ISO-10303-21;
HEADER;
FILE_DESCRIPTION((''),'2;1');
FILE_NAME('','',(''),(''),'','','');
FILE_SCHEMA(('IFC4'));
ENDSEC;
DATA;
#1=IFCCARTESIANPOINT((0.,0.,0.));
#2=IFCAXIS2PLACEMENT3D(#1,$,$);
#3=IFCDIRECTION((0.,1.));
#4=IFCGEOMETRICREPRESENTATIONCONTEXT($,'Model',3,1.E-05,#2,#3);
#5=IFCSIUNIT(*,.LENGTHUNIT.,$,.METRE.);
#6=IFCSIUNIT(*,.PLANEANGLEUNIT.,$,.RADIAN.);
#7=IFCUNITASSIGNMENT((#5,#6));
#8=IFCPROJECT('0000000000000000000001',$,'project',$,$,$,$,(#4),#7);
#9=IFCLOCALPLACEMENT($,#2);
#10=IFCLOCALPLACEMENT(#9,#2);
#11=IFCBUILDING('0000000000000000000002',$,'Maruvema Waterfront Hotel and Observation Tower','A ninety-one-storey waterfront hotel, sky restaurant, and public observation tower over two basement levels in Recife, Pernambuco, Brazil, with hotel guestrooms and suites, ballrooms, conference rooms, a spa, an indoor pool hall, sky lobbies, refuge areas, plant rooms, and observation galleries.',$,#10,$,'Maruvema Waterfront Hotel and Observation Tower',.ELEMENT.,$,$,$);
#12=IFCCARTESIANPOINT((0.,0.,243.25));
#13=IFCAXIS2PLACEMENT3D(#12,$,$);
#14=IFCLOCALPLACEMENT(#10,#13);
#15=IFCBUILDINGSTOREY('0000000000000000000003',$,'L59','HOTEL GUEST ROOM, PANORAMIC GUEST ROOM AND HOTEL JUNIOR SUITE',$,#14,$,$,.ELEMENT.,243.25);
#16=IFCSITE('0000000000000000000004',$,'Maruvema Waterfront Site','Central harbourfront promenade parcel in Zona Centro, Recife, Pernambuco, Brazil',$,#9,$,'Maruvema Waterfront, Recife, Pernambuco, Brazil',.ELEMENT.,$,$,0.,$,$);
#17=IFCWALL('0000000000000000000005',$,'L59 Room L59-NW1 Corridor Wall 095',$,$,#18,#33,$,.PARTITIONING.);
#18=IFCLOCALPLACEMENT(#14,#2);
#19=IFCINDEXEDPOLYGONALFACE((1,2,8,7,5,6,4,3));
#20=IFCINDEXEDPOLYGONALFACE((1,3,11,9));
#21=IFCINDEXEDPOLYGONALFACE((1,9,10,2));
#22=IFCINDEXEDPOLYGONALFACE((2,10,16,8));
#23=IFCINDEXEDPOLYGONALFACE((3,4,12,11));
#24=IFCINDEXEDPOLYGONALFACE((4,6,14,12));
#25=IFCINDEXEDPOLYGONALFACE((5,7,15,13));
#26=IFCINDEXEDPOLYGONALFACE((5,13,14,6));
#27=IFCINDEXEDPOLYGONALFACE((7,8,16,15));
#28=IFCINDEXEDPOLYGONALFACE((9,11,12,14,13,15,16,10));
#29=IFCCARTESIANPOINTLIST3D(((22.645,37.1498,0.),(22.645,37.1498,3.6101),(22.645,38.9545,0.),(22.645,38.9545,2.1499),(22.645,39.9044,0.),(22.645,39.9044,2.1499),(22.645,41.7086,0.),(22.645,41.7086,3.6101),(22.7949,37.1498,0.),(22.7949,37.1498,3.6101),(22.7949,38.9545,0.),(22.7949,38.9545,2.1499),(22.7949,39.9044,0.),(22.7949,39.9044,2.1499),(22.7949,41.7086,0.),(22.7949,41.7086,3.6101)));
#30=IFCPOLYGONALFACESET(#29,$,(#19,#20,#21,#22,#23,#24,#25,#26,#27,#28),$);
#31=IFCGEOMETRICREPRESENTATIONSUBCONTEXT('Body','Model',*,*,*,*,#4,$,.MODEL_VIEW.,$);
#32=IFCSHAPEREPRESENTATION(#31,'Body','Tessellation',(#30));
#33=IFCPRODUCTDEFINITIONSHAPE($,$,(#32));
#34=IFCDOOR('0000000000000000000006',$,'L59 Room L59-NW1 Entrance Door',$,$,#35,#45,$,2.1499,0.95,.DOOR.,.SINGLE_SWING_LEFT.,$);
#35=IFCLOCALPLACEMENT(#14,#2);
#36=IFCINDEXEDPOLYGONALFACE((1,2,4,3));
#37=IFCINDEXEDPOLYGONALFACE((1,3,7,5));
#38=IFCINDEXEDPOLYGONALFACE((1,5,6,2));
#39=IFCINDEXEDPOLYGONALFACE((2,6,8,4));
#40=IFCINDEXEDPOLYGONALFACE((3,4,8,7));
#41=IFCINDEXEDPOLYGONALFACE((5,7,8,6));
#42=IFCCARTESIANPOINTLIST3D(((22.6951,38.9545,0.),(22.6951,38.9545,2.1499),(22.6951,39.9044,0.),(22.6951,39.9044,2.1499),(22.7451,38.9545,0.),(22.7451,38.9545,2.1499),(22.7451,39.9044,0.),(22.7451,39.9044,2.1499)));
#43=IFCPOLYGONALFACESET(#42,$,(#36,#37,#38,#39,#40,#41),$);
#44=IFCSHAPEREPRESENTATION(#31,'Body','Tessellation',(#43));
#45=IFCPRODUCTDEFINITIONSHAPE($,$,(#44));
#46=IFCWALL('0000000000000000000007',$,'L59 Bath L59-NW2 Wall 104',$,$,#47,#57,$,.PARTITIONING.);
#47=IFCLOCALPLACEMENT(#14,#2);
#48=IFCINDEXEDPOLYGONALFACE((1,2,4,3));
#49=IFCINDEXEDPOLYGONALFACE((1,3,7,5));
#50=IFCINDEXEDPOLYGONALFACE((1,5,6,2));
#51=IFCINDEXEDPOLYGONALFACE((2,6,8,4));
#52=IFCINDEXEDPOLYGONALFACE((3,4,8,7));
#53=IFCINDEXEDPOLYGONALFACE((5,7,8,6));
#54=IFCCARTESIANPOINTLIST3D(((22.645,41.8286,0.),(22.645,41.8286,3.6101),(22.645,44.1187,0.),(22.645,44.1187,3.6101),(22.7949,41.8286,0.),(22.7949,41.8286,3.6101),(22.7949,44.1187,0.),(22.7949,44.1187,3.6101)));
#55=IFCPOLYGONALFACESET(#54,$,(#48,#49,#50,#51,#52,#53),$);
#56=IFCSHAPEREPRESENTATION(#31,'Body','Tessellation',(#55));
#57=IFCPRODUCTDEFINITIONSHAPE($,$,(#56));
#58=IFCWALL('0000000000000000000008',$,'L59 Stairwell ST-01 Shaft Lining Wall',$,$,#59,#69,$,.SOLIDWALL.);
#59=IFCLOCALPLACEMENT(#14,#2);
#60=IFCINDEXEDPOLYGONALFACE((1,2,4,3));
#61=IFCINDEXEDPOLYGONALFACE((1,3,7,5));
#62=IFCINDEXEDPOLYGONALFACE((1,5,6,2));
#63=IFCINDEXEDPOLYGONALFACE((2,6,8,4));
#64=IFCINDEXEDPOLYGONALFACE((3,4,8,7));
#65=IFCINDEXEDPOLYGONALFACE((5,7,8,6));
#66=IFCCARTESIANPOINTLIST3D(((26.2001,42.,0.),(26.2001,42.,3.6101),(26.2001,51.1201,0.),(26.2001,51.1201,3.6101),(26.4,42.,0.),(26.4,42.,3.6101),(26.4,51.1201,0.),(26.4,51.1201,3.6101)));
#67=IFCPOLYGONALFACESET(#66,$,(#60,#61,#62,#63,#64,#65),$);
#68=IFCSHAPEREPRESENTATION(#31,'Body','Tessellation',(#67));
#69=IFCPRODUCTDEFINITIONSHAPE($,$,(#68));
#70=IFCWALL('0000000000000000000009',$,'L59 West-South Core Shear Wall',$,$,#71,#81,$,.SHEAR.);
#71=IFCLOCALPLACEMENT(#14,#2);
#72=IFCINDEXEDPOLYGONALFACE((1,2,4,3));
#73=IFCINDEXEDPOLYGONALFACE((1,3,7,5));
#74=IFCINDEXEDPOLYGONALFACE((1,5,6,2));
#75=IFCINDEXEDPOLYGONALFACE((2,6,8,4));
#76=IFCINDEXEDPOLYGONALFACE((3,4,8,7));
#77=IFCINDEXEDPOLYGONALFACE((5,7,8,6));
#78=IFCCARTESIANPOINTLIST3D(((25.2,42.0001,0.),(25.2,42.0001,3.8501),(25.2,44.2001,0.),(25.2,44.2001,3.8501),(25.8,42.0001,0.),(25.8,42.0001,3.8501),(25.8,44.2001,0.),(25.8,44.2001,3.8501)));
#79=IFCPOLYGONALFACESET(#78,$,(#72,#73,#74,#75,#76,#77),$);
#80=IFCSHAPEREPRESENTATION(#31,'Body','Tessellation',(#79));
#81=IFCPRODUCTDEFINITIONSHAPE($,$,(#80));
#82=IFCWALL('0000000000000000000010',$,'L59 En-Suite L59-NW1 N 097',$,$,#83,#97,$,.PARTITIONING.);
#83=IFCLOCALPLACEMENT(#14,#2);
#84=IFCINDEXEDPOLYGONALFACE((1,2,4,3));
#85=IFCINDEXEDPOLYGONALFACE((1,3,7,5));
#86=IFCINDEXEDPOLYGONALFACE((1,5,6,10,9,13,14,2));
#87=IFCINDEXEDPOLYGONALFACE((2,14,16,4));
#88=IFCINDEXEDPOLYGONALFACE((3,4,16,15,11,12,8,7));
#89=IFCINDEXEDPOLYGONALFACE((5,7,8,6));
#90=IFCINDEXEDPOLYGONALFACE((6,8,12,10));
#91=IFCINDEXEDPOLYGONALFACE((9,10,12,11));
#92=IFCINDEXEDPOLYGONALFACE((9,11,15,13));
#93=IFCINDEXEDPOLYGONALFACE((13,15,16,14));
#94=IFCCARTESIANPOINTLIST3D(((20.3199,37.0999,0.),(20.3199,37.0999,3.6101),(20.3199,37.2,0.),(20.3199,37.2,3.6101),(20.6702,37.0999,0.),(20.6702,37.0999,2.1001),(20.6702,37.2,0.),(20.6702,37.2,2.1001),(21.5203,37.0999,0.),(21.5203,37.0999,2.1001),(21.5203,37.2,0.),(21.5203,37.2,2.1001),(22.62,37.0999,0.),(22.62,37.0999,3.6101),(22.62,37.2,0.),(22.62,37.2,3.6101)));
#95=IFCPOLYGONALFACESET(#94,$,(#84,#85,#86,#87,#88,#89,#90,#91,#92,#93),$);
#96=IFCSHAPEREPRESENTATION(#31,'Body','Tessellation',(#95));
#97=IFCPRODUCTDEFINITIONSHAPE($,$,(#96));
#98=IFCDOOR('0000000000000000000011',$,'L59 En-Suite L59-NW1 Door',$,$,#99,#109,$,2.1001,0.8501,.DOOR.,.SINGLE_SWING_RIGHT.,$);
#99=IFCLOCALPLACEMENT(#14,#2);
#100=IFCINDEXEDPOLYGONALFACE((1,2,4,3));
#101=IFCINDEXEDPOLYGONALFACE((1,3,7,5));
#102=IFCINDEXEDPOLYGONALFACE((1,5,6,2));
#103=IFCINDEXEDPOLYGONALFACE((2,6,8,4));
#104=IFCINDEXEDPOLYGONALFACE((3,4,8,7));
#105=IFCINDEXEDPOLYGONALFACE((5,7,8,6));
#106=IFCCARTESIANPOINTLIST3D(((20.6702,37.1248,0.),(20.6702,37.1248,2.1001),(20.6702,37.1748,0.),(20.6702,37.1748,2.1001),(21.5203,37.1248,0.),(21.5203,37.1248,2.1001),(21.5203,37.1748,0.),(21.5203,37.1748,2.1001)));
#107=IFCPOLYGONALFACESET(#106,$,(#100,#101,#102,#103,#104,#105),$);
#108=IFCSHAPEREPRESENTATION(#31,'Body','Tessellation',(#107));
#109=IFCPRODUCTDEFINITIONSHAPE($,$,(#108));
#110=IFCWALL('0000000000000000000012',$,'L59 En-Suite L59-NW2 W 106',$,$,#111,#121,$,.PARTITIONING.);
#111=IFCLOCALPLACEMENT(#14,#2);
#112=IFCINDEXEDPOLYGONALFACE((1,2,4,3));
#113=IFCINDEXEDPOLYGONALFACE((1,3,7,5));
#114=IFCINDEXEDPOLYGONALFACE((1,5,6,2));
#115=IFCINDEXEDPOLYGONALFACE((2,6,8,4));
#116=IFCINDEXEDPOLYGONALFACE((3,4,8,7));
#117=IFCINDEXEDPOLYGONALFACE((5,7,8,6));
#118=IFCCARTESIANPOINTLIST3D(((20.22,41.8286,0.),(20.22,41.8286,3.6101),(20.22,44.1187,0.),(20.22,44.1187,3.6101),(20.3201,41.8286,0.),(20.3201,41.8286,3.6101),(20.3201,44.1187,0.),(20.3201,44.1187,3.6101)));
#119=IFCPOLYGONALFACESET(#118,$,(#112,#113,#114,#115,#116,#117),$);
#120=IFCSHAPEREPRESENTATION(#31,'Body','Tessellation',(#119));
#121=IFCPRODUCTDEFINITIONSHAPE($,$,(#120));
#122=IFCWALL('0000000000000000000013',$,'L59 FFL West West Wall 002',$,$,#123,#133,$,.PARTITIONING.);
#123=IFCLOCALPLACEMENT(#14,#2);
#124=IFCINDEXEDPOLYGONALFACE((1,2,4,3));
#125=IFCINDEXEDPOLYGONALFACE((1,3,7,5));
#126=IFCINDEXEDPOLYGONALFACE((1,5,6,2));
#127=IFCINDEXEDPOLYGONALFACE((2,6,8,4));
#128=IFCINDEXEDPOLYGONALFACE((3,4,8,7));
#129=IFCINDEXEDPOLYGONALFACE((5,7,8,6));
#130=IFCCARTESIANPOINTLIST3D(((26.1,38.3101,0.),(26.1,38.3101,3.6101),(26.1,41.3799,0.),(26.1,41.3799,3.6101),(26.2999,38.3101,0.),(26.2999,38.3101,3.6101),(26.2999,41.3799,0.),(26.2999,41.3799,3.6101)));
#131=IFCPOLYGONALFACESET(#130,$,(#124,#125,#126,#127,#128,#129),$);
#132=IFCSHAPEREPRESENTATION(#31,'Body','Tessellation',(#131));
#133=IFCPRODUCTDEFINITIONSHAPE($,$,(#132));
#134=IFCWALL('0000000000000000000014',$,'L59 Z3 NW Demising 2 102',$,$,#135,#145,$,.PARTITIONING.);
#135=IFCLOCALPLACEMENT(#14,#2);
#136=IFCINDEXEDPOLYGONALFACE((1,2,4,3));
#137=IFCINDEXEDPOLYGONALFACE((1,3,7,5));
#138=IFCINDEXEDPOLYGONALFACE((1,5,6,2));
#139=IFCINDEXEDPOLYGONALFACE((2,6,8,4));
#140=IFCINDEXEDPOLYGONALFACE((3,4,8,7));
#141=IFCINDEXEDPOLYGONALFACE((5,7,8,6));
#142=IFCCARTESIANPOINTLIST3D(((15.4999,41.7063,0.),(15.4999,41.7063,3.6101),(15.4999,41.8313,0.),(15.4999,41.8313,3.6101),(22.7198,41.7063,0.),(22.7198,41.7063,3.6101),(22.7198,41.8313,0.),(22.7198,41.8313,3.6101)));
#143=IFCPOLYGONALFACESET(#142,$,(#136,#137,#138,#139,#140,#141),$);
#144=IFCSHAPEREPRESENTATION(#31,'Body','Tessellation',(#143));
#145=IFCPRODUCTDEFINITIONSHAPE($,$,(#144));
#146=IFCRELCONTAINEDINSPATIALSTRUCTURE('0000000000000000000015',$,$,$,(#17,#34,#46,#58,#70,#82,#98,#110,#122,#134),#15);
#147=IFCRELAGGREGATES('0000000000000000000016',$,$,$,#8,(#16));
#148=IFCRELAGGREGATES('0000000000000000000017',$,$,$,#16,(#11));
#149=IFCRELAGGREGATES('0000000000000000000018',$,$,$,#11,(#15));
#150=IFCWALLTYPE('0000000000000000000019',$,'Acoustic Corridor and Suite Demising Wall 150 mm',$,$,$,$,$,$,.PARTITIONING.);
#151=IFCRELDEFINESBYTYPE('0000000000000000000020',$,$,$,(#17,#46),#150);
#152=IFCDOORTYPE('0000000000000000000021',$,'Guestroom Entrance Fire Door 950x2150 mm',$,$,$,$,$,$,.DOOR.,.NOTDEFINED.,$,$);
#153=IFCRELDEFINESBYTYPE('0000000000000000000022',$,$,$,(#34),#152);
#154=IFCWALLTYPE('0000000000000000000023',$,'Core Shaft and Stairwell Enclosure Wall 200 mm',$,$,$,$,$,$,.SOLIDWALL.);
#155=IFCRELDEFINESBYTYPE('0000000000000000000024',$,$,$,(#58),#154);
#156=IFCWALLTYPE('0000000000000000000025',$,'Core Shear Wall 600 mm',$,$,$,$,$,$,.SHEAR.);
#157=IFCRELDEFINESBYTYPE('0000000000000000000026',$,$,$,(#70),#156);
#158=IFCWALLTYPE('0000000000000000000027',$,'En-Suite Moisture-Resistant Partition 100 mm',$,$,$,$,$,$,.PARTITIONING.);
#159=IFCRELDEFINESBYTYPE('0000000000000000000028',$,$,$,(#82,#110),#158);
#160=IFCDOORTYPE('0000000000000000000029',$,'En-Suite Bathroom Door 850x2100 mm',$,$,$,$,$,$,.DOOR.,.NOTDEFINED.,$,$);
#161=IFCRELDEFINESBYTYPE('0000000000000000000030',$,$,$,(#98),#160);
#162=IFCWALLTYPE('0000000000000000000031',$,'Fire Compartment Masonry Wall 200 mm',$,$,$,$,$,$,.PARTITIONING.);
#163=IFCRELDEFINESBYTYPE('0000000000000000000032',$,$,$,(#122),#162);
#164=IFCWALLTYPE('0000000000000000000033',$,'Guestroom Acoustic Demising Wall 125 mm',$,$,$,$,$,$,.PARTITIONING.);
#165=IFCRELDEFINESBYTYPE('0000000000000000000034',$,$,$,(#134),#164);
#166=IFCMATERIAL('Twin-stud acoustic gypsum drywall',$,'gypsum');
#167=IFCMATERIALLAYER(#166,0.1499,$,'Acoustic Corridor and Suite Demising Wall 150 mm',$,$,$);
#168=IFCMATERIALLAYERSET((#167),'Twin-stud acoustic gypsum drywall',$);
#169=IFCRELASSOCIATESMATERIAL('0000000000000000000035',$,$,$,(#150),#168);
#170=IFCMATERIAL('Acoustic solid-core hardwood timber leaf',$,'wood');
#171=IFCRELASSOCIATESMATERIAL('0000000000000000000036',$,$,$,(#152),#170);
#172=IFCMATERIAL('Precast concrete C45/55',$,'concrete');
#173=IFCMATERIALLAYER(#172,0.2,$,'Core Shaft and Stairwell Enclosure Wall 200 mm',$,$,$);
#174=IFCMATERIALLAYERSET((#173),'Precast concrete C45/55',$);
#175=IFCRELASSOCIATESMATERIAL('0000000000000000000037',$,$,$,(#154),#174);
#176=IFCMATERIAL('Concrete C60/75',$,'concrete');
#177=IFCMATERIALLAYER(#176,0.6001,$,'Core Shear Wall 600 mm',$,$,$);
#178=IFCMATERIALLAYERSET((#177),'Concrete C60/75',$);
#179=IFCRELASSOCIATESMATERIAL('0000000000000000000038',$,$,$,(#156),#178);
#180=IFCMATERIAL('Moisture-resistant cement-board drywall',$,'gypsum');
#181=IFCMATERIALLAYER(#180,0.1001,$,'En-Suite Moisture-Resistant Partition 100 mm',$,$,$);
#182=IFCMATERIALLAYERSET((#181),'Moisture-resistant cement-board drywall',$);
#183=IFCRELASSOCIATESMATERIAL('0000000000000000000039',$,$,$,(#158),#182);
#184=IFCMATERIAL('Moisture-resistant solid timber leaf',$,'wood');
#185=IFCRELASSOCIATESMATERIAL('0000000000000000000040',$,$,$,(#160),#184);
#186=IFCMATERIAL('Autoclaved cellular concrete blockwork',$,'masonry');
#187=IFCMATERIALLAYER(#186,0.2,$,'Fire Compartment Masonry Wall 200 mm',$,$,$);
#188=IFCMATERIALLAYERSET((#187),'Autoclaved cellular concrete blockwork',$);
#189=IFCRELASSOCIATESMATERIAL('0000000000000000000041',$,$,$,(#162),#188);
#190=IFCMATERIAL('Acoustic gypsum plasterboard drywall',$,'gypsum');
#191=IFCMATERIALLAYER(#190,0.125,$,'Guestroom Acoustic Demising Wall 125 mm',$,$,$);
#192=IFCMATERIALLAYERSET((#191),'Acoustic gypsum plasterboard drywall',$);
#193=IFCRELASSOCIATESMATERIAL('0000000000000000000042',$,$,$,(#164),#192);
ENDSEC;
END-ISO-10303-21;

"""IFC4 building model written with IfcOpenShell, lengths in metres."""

from ifc_helpers import new_model, si_unit, direction, frame, frame_2d, origin, place, context, subcontext, project, spatial, rectangle, extrude, material, layer, layer_set, type_object, element, fill, save


model = new_model("IFC4")

# Units and contexts
model_context = context("Model", 3, precision=1e-05, world=origin(), true_north=direction((0.0, 1.0)))
body_context = subcontext(model_context, "Body", "Model", "MODEL_VIEW")
ifc_project = project(units=[si_unit("LENGTHUNIT", "METRE"), si_unit("PLANEANGLEUNIT", "RADIAN")], contexts=[model_context])

# Site, building, storey
site_placement = place(None, origin())
site = spatial("IfcSite", under=ifc_project, at=site_placement, Name="Maruvema Waterfront Site", Description="Central harbourfront promenade parcel in Zona Centro, Recife, Pernambuco, Brazil", LongName="Maruvema Waterfront, Recife, Pernambuco, Brazil", CompositionType="ELEMENT", RefElevation=0.0)
building_placement = place(site_placement, origin())
building = spatial("IfcBuilding", under=site, at=building_placement, Name="Maruvema Waterfront Hotel and Observation Tower", Description="A ninety-one-storey waterfront hotel, sky restaurant, and public observation tower over two basement levels in Recife, Pernambuco, Brazil, with hotel guestrooms and suites, ballrooms, conference rooms, a spa, an indoor pool hall, sky lobbies, refuge areas, plant rooms, and observation galleries.", LongName="Maruvema Waterfront Hotel and Observation Tower", CompositionType="ELEMENT")
storey_placement = place(building_placement, frame((0.0, 0.0, 243.25)))
storey = spatial("IfcBuildingStorey", under=building, at=storey_placement, Name="L59", Description="HOTEL GUEST ROOM, PANORAMIC GUEST ROOM AND HOTEL JUNIOR SUITE", CompositionType="ELEMENT", Elevation=243.25)

# Wall, opening, door
ifc_material_1 = material(Name="Twin-stud acoustic gypsum drywall", Category="gypsum")
ifc_layer_1 = layer(ifc_material_1, 0.1499, Name="Acoustic Corridor and Suite Demising Wall 150 mm")
ifc_layer_set_1 = layer_set([ifc_layer_1], Name="Twin-stud acoustic gypsum drywall")
wall_type_1 = type_object("IfcWallType", Name="Acoustic Corridor and Suite Demising Wall 150 mm", PredefinedType="PARTITIONING", material=ifc_layer_set_1)
wall_1_placement = place(storey_placement, frame((22.72, 37.1499, 0.0), z_axis=(0.0, 0.0, 1.0), x_axis=(0.0, 1.0, 0.0)))
wall_1 = element("IfcWall", 1, at=wall_1_placement, inside=storey, type_object=wall_type_1, Name="L59 Room L59-NW1 Corridor Wall 095", PredefinedType="PARTITIONING", context=body_context, shape_type="SweptSolid", body=[
    extrude(rectangle(XDim=4.5588, YDim=0.1499, at=frame_2d((2.2793, 0.0))), origin(), (0.0, 0.0, 1.0), 3.6101),
])
opening_1_placement = place(wall_1_placement, frame((1.8044, 0.0, 0.0)))
opening_1 = element("IfcOpeningElement", 2, at=opening_1_placement, cuts=wall_1, PredefinedType="OPENING", context=body_context, shape_type="SweptSolid", body=[
    extrude(rectangle(XDim=0.95, YDim=2.1499, at=frame_2d((0.4751, 1.075))), frame((0.0, 0.085, 0.0), z_axis=(0.0, -1.0, 0.0), x_axis=(1.0, 0.0, 0.0)), (0.0, 0.0, 1.0), 0.1699),
])
ifc_material_2 = material(Name="Acoustic solid-core hardwood timber leaf", Category="wood")
door_type_1 = type_object("IfcDoorType", Name="Guestroom Entrance Fire Door 950x2150 mm", OperationType="NOTDEFINED", PredefinedType="DOOR", material=ifc_material_2)
door_1_placement = place(opening_1_placement, origin())
door_1 = element("IfcDoor", 3, at=door_1_placement, inside=storey, type_object=door_type_1, Name="L59 Room L59-NW1 Entrance Door", OperationType="SINGLE_SWING_LEFT", OverallHeight=2.1499, OverallWidth=0.95, PredefinedType="DOOR", context=body_context, shape_type="SweptSolid", body=[
    extrude(rectangle(XDim=0.95, YDim=2.1499, at=frame_2d((0.4751, 1.075))), frame((0.0, 0.0249, 0.0), z_axis=(0.0, -1.0, 0.0), x_axis=(1.0, 0.0, 0.0)), (0.0, 0.0, 1.0), 0.05),
])
fill(opening_1, door_1)

# Walls
wall_2_placement = place(storey_placement, frame((22.72, 41.8286, 0.0), z_axis=(0.0, 0.0, 1.0), x_axis=(0.0, 1.0, 0.0)))
element("IfcWall", 4, at=wall_2_placement, inside=storey, type_object=wall_type_1, Name="L59 Bath L59-NW2 Wall 104", PredefinedType="PARTITIONING", context=body_context, shape_type="SweptSolid", body=[
    extrude(rectangle(XDim=2.29, YDim=0.1499, at=frame_2d((1.145, 0.0))), origin(), (0.0, 0.0, 1.0), 3.6101),
])
ifc_material_3 = material(Name="Precast concrete C45/55", Category="concrete")
ifc_layer_2 = layer(ifc_material_3, 0.2, Name="Core Shaft and Stairwell Enclosure Wall 200 mm")
ifc_layer_set_2 = layer_set([ifc_layer_2], Name="Precast concrete C45/55")
wall_type_2 = type_object("IfcWallType", Name="Core Shaft and Stairwell Enclosure Wall 200 mm", PredefinedType="SOLIDWALL", material=ifc_layer_set_2)
wall_3_placement = place(storey_placement, frame((26.3, 42.0, 0.0), z_axis=(0.0, 0.0, 1.0), x_axis=(0.0, 1.0, 0.0)))
element("IfcWall", 5, at=wall_3_placement, inside=storey, type_object=wall_type_2, Name="L59 Stairwell ST-01 Shaft Lining Wall", PredefinedType="SOLIDWALL", context=body_context, shape_type="SweptSolid", body=[
    extrude(rectangle(XDim=9.1201, YDim=0.2, at=frame_2d((4.5601, 0.0))), origin(), (0.0, 0.0, 1.0), 3.6101),
])

# Shared definitions
ifc_material_4 = material(Name="Concrete C60/75", Category="concrete")
ifc_layer_3 = layer(ifc_material_4, 0.6001, Name="Core Shear Wall 600 mm")
ifc_layer_set_3 = layer_set([ifc_layer_3], Name="Concrete C60/75")
wall_type_3 = type_object("IfcWallType", Name="Core Shear Wall 600 mm", PredefinedType="SHEAR", material=ifc_layer_set_3)

# Wall
wall_4_placement = place(storey_placement, frame((25.5, 42.0, 0.0), z_axis=(0.0, 0.0, 1.0), x_axis=(0.0, 1.0, 0.0)))
element("IfcWall", 6, at=wall_4_placement, inside=storey, type_object=wall_type_3, Name="L59 West-South Core Shear Wall", PredefinedType="SHEAR", context=body_context, shape_type="SweptSolid", body=[
    extrude(rectangle(XDim=2.2, YDim=0.6001, at=frame_2d((1.1001, 0.0))), origin(), (0.0, 0.0, 1.0), 3.8501),
])

# Wall, opening, door
ifc_material_5 = material(Name="Moisture-resistant cement-board drywall", Category="gypsum")
ifc_layer_4 = layer(ifc_material_5, 0.1001, Name="En-Suite Moisture-Resistant Partition 100 mm")
ifc_layer_set_4 = layer_set([ifc_layer_4], Name="Moisture-resistant cement-board drywall")
wall_type_4 = type_object("IfcWallType", Name="En-Suite Moisture-Resistant Partition 100 mm", PredefinedType="PARTITIONING", material=ifc_layer_set_4)
wall_5_placement = place(storey_placement, frame((20.3201, 37.1499, 0.0), z_axis=(0.0, 0.0, 1.0), x_axis=(1.0, 0.0, 0.0)))
wall_5 = element("IfcWall", 7, at=wall_5_placement, inside=storey, type_object=wall_type_4, Name="L59 En-Suite L59-NW1 N 097", PredefinedType="PARTITIONING", context=body_context, shape_type="SweptSolid", body=[
    extrude(rectangle(XDim=2.3, YDim=0.1001, at=frame_2d((1.1499, 0.0))), origin(), (0.0, 0.0, 1.0), 3.6101),
])
opening_2_placement = place(wall_5_placement, frame((0.3501, 0.0, 0.0)))
opening_2 = element("IfcOpeningElement", 8, at=opening_2_placement, cuts=wall_5, PredefinedType="OPENING", context=body_context, shape_type="SweptSolid", body=[
    extrude(rectangle(XDim=0.8501, YDim=2.1001, at=frame_2d((0.425, 1.05))), frame((0.0, 0.0601, 0.0), z_axis=(0.0, -1.0, 0.0), x_axis=(1.0, 0.0, 0.0)), (0.0, 0.0, 1.0), 0.1201),
])
ifc_material_6 = material(Name="Moisture-resistant solid timber leaf", Category="wood")
door_type_2 = type_object("IfcDoorType", Name="En-Suite Bathroom Door 850x2100 mm", OperationType="NOTDEFINED", PredefinedType="DOOR", material=ifc_material_6)
door_2_placement = place(opening_2_placement, origin())
door_2 = element("IfcDoor", 9, at=door_2_placement, inside=storey, type_object=door_type_2, Name="L59 En-Suite L59-NW1 Door", OperationType="SINGLE_SWING_RIGHT", OverallHeight=2.1001, OverallWidth=0.8501, PredefinedType="DOOR", context=body_context, shape_type="SweptSolid", body=[
    extrude(rectangle(XDim=0.8501, YDim=2.1001, at=frame_2d((0.425, 1.05))), frame((0.0, 0.0249, 0.0), z_axis=(0.0, -1.0, 0.0), x_axis=(1.0, 0.0, 0.0)), (0.0, 0.0, 1.0), 0.05),
])
fill(opening_2, door_2)

# Wall
wall_6_placement = place(storey_placement, frame((20.27, 41.8286, 0.0), z_axis=(0.0, 0.0, 1.0), x_axis=(0.0, 1.0, 0.0)))
element("IfcWall", 10, at=wall_6_placement, inside=storey, type_object=wall_type_4, Name="L59 En-Suite L59-NW2 W 106", PredefinedType="PARTITIONING", context=body_context, shape_type="SweptSolid", body=[
    extrude(rectangle(XDim=2.29, YDim=0.1001, at=frame_2d((1.145, 0.0))), origin(), (0.0, 0.0, 1.0), 3.6101),
])

# Shared definitions
ifc_material_7 = material(Name="Autoclaved cellular concrete blockwork", Category="masonry")
ifc_layer_5 = layer(ifc_material_7, 0.2, Name="Fire Compartment Masonry Wall 200 mm")
ifc_layer_set_5 = layer_set([ifc_layer_5], Name="Autoclaved cellular concrete blockwork")
wall_type_5 = type_object("IfcWallType", Name="Fire Compartment Masonry Wall 200 mm", PredefinedType="PARTITIONING", material=ifc_layer_set_5)

# Walls
wall_7_placement = place(storey_placement, frame((26.2, 38.3101, 0.0), z_axis=(0.0, 0.0, 1.0), x_axis=(0.0, 1.0, 0.0)))
element("IfcWall", 11, at=wall_7_placement, inside=storey, type_object=wall_type_5, Name="L59 FFL West West Wall 002", PredefinedType="PARTITIONING", context=body_context, shape_type="SweptSolid", body=[
    extrude(rectangle(XDim=3.0698, YDim=0.2, at=frame_2d((1.5349, 0.0))), origin(), (0.0, 0.0, 1.0), 3.6101),
])
ifc_material_8 = material(Name="Acoustic gypsum plasterboard drywall", Category="gypsum")
ifc_layer_6 = layer(ifc_material_8, 0.125, Name="Guestroom Acoustic Demising Wall 125 mm")
ifc_layer_set_6 = layer_set([ifc_layer_6], Name="Acoustic gypsum plasterboard drywall")
wall_type_6 = type_object("IfcWallType", Name="Guestroom Acoustic Demising Wall 125 mm", PredefinedType="PARTITIONING", material=ifc_layer_set_6)
wall_8_placement = place(storey_placement, frame((15.5, 41.7688, 0.0), z_axis=(0.0, 0.0, 1.0), x_axis=(1.0, 0.0, 0.0)))
element("IfcWall", 12, at=wall_8_placement, inside=storey, type_object=wall_type_6, Name="L59 Z3 NW Demising 2 102", PredefinedType="PARTITIONING", context=body_context, shape_type="SweptSolid", body=[
    extrude(rectangle(XDim=7.22, YDim=0.125, at=frame_2d((3.6099, 0.0))), origin(), (0.0, 0.0, 1.0), 3.6101),
])

save(model, "model.ifc")
